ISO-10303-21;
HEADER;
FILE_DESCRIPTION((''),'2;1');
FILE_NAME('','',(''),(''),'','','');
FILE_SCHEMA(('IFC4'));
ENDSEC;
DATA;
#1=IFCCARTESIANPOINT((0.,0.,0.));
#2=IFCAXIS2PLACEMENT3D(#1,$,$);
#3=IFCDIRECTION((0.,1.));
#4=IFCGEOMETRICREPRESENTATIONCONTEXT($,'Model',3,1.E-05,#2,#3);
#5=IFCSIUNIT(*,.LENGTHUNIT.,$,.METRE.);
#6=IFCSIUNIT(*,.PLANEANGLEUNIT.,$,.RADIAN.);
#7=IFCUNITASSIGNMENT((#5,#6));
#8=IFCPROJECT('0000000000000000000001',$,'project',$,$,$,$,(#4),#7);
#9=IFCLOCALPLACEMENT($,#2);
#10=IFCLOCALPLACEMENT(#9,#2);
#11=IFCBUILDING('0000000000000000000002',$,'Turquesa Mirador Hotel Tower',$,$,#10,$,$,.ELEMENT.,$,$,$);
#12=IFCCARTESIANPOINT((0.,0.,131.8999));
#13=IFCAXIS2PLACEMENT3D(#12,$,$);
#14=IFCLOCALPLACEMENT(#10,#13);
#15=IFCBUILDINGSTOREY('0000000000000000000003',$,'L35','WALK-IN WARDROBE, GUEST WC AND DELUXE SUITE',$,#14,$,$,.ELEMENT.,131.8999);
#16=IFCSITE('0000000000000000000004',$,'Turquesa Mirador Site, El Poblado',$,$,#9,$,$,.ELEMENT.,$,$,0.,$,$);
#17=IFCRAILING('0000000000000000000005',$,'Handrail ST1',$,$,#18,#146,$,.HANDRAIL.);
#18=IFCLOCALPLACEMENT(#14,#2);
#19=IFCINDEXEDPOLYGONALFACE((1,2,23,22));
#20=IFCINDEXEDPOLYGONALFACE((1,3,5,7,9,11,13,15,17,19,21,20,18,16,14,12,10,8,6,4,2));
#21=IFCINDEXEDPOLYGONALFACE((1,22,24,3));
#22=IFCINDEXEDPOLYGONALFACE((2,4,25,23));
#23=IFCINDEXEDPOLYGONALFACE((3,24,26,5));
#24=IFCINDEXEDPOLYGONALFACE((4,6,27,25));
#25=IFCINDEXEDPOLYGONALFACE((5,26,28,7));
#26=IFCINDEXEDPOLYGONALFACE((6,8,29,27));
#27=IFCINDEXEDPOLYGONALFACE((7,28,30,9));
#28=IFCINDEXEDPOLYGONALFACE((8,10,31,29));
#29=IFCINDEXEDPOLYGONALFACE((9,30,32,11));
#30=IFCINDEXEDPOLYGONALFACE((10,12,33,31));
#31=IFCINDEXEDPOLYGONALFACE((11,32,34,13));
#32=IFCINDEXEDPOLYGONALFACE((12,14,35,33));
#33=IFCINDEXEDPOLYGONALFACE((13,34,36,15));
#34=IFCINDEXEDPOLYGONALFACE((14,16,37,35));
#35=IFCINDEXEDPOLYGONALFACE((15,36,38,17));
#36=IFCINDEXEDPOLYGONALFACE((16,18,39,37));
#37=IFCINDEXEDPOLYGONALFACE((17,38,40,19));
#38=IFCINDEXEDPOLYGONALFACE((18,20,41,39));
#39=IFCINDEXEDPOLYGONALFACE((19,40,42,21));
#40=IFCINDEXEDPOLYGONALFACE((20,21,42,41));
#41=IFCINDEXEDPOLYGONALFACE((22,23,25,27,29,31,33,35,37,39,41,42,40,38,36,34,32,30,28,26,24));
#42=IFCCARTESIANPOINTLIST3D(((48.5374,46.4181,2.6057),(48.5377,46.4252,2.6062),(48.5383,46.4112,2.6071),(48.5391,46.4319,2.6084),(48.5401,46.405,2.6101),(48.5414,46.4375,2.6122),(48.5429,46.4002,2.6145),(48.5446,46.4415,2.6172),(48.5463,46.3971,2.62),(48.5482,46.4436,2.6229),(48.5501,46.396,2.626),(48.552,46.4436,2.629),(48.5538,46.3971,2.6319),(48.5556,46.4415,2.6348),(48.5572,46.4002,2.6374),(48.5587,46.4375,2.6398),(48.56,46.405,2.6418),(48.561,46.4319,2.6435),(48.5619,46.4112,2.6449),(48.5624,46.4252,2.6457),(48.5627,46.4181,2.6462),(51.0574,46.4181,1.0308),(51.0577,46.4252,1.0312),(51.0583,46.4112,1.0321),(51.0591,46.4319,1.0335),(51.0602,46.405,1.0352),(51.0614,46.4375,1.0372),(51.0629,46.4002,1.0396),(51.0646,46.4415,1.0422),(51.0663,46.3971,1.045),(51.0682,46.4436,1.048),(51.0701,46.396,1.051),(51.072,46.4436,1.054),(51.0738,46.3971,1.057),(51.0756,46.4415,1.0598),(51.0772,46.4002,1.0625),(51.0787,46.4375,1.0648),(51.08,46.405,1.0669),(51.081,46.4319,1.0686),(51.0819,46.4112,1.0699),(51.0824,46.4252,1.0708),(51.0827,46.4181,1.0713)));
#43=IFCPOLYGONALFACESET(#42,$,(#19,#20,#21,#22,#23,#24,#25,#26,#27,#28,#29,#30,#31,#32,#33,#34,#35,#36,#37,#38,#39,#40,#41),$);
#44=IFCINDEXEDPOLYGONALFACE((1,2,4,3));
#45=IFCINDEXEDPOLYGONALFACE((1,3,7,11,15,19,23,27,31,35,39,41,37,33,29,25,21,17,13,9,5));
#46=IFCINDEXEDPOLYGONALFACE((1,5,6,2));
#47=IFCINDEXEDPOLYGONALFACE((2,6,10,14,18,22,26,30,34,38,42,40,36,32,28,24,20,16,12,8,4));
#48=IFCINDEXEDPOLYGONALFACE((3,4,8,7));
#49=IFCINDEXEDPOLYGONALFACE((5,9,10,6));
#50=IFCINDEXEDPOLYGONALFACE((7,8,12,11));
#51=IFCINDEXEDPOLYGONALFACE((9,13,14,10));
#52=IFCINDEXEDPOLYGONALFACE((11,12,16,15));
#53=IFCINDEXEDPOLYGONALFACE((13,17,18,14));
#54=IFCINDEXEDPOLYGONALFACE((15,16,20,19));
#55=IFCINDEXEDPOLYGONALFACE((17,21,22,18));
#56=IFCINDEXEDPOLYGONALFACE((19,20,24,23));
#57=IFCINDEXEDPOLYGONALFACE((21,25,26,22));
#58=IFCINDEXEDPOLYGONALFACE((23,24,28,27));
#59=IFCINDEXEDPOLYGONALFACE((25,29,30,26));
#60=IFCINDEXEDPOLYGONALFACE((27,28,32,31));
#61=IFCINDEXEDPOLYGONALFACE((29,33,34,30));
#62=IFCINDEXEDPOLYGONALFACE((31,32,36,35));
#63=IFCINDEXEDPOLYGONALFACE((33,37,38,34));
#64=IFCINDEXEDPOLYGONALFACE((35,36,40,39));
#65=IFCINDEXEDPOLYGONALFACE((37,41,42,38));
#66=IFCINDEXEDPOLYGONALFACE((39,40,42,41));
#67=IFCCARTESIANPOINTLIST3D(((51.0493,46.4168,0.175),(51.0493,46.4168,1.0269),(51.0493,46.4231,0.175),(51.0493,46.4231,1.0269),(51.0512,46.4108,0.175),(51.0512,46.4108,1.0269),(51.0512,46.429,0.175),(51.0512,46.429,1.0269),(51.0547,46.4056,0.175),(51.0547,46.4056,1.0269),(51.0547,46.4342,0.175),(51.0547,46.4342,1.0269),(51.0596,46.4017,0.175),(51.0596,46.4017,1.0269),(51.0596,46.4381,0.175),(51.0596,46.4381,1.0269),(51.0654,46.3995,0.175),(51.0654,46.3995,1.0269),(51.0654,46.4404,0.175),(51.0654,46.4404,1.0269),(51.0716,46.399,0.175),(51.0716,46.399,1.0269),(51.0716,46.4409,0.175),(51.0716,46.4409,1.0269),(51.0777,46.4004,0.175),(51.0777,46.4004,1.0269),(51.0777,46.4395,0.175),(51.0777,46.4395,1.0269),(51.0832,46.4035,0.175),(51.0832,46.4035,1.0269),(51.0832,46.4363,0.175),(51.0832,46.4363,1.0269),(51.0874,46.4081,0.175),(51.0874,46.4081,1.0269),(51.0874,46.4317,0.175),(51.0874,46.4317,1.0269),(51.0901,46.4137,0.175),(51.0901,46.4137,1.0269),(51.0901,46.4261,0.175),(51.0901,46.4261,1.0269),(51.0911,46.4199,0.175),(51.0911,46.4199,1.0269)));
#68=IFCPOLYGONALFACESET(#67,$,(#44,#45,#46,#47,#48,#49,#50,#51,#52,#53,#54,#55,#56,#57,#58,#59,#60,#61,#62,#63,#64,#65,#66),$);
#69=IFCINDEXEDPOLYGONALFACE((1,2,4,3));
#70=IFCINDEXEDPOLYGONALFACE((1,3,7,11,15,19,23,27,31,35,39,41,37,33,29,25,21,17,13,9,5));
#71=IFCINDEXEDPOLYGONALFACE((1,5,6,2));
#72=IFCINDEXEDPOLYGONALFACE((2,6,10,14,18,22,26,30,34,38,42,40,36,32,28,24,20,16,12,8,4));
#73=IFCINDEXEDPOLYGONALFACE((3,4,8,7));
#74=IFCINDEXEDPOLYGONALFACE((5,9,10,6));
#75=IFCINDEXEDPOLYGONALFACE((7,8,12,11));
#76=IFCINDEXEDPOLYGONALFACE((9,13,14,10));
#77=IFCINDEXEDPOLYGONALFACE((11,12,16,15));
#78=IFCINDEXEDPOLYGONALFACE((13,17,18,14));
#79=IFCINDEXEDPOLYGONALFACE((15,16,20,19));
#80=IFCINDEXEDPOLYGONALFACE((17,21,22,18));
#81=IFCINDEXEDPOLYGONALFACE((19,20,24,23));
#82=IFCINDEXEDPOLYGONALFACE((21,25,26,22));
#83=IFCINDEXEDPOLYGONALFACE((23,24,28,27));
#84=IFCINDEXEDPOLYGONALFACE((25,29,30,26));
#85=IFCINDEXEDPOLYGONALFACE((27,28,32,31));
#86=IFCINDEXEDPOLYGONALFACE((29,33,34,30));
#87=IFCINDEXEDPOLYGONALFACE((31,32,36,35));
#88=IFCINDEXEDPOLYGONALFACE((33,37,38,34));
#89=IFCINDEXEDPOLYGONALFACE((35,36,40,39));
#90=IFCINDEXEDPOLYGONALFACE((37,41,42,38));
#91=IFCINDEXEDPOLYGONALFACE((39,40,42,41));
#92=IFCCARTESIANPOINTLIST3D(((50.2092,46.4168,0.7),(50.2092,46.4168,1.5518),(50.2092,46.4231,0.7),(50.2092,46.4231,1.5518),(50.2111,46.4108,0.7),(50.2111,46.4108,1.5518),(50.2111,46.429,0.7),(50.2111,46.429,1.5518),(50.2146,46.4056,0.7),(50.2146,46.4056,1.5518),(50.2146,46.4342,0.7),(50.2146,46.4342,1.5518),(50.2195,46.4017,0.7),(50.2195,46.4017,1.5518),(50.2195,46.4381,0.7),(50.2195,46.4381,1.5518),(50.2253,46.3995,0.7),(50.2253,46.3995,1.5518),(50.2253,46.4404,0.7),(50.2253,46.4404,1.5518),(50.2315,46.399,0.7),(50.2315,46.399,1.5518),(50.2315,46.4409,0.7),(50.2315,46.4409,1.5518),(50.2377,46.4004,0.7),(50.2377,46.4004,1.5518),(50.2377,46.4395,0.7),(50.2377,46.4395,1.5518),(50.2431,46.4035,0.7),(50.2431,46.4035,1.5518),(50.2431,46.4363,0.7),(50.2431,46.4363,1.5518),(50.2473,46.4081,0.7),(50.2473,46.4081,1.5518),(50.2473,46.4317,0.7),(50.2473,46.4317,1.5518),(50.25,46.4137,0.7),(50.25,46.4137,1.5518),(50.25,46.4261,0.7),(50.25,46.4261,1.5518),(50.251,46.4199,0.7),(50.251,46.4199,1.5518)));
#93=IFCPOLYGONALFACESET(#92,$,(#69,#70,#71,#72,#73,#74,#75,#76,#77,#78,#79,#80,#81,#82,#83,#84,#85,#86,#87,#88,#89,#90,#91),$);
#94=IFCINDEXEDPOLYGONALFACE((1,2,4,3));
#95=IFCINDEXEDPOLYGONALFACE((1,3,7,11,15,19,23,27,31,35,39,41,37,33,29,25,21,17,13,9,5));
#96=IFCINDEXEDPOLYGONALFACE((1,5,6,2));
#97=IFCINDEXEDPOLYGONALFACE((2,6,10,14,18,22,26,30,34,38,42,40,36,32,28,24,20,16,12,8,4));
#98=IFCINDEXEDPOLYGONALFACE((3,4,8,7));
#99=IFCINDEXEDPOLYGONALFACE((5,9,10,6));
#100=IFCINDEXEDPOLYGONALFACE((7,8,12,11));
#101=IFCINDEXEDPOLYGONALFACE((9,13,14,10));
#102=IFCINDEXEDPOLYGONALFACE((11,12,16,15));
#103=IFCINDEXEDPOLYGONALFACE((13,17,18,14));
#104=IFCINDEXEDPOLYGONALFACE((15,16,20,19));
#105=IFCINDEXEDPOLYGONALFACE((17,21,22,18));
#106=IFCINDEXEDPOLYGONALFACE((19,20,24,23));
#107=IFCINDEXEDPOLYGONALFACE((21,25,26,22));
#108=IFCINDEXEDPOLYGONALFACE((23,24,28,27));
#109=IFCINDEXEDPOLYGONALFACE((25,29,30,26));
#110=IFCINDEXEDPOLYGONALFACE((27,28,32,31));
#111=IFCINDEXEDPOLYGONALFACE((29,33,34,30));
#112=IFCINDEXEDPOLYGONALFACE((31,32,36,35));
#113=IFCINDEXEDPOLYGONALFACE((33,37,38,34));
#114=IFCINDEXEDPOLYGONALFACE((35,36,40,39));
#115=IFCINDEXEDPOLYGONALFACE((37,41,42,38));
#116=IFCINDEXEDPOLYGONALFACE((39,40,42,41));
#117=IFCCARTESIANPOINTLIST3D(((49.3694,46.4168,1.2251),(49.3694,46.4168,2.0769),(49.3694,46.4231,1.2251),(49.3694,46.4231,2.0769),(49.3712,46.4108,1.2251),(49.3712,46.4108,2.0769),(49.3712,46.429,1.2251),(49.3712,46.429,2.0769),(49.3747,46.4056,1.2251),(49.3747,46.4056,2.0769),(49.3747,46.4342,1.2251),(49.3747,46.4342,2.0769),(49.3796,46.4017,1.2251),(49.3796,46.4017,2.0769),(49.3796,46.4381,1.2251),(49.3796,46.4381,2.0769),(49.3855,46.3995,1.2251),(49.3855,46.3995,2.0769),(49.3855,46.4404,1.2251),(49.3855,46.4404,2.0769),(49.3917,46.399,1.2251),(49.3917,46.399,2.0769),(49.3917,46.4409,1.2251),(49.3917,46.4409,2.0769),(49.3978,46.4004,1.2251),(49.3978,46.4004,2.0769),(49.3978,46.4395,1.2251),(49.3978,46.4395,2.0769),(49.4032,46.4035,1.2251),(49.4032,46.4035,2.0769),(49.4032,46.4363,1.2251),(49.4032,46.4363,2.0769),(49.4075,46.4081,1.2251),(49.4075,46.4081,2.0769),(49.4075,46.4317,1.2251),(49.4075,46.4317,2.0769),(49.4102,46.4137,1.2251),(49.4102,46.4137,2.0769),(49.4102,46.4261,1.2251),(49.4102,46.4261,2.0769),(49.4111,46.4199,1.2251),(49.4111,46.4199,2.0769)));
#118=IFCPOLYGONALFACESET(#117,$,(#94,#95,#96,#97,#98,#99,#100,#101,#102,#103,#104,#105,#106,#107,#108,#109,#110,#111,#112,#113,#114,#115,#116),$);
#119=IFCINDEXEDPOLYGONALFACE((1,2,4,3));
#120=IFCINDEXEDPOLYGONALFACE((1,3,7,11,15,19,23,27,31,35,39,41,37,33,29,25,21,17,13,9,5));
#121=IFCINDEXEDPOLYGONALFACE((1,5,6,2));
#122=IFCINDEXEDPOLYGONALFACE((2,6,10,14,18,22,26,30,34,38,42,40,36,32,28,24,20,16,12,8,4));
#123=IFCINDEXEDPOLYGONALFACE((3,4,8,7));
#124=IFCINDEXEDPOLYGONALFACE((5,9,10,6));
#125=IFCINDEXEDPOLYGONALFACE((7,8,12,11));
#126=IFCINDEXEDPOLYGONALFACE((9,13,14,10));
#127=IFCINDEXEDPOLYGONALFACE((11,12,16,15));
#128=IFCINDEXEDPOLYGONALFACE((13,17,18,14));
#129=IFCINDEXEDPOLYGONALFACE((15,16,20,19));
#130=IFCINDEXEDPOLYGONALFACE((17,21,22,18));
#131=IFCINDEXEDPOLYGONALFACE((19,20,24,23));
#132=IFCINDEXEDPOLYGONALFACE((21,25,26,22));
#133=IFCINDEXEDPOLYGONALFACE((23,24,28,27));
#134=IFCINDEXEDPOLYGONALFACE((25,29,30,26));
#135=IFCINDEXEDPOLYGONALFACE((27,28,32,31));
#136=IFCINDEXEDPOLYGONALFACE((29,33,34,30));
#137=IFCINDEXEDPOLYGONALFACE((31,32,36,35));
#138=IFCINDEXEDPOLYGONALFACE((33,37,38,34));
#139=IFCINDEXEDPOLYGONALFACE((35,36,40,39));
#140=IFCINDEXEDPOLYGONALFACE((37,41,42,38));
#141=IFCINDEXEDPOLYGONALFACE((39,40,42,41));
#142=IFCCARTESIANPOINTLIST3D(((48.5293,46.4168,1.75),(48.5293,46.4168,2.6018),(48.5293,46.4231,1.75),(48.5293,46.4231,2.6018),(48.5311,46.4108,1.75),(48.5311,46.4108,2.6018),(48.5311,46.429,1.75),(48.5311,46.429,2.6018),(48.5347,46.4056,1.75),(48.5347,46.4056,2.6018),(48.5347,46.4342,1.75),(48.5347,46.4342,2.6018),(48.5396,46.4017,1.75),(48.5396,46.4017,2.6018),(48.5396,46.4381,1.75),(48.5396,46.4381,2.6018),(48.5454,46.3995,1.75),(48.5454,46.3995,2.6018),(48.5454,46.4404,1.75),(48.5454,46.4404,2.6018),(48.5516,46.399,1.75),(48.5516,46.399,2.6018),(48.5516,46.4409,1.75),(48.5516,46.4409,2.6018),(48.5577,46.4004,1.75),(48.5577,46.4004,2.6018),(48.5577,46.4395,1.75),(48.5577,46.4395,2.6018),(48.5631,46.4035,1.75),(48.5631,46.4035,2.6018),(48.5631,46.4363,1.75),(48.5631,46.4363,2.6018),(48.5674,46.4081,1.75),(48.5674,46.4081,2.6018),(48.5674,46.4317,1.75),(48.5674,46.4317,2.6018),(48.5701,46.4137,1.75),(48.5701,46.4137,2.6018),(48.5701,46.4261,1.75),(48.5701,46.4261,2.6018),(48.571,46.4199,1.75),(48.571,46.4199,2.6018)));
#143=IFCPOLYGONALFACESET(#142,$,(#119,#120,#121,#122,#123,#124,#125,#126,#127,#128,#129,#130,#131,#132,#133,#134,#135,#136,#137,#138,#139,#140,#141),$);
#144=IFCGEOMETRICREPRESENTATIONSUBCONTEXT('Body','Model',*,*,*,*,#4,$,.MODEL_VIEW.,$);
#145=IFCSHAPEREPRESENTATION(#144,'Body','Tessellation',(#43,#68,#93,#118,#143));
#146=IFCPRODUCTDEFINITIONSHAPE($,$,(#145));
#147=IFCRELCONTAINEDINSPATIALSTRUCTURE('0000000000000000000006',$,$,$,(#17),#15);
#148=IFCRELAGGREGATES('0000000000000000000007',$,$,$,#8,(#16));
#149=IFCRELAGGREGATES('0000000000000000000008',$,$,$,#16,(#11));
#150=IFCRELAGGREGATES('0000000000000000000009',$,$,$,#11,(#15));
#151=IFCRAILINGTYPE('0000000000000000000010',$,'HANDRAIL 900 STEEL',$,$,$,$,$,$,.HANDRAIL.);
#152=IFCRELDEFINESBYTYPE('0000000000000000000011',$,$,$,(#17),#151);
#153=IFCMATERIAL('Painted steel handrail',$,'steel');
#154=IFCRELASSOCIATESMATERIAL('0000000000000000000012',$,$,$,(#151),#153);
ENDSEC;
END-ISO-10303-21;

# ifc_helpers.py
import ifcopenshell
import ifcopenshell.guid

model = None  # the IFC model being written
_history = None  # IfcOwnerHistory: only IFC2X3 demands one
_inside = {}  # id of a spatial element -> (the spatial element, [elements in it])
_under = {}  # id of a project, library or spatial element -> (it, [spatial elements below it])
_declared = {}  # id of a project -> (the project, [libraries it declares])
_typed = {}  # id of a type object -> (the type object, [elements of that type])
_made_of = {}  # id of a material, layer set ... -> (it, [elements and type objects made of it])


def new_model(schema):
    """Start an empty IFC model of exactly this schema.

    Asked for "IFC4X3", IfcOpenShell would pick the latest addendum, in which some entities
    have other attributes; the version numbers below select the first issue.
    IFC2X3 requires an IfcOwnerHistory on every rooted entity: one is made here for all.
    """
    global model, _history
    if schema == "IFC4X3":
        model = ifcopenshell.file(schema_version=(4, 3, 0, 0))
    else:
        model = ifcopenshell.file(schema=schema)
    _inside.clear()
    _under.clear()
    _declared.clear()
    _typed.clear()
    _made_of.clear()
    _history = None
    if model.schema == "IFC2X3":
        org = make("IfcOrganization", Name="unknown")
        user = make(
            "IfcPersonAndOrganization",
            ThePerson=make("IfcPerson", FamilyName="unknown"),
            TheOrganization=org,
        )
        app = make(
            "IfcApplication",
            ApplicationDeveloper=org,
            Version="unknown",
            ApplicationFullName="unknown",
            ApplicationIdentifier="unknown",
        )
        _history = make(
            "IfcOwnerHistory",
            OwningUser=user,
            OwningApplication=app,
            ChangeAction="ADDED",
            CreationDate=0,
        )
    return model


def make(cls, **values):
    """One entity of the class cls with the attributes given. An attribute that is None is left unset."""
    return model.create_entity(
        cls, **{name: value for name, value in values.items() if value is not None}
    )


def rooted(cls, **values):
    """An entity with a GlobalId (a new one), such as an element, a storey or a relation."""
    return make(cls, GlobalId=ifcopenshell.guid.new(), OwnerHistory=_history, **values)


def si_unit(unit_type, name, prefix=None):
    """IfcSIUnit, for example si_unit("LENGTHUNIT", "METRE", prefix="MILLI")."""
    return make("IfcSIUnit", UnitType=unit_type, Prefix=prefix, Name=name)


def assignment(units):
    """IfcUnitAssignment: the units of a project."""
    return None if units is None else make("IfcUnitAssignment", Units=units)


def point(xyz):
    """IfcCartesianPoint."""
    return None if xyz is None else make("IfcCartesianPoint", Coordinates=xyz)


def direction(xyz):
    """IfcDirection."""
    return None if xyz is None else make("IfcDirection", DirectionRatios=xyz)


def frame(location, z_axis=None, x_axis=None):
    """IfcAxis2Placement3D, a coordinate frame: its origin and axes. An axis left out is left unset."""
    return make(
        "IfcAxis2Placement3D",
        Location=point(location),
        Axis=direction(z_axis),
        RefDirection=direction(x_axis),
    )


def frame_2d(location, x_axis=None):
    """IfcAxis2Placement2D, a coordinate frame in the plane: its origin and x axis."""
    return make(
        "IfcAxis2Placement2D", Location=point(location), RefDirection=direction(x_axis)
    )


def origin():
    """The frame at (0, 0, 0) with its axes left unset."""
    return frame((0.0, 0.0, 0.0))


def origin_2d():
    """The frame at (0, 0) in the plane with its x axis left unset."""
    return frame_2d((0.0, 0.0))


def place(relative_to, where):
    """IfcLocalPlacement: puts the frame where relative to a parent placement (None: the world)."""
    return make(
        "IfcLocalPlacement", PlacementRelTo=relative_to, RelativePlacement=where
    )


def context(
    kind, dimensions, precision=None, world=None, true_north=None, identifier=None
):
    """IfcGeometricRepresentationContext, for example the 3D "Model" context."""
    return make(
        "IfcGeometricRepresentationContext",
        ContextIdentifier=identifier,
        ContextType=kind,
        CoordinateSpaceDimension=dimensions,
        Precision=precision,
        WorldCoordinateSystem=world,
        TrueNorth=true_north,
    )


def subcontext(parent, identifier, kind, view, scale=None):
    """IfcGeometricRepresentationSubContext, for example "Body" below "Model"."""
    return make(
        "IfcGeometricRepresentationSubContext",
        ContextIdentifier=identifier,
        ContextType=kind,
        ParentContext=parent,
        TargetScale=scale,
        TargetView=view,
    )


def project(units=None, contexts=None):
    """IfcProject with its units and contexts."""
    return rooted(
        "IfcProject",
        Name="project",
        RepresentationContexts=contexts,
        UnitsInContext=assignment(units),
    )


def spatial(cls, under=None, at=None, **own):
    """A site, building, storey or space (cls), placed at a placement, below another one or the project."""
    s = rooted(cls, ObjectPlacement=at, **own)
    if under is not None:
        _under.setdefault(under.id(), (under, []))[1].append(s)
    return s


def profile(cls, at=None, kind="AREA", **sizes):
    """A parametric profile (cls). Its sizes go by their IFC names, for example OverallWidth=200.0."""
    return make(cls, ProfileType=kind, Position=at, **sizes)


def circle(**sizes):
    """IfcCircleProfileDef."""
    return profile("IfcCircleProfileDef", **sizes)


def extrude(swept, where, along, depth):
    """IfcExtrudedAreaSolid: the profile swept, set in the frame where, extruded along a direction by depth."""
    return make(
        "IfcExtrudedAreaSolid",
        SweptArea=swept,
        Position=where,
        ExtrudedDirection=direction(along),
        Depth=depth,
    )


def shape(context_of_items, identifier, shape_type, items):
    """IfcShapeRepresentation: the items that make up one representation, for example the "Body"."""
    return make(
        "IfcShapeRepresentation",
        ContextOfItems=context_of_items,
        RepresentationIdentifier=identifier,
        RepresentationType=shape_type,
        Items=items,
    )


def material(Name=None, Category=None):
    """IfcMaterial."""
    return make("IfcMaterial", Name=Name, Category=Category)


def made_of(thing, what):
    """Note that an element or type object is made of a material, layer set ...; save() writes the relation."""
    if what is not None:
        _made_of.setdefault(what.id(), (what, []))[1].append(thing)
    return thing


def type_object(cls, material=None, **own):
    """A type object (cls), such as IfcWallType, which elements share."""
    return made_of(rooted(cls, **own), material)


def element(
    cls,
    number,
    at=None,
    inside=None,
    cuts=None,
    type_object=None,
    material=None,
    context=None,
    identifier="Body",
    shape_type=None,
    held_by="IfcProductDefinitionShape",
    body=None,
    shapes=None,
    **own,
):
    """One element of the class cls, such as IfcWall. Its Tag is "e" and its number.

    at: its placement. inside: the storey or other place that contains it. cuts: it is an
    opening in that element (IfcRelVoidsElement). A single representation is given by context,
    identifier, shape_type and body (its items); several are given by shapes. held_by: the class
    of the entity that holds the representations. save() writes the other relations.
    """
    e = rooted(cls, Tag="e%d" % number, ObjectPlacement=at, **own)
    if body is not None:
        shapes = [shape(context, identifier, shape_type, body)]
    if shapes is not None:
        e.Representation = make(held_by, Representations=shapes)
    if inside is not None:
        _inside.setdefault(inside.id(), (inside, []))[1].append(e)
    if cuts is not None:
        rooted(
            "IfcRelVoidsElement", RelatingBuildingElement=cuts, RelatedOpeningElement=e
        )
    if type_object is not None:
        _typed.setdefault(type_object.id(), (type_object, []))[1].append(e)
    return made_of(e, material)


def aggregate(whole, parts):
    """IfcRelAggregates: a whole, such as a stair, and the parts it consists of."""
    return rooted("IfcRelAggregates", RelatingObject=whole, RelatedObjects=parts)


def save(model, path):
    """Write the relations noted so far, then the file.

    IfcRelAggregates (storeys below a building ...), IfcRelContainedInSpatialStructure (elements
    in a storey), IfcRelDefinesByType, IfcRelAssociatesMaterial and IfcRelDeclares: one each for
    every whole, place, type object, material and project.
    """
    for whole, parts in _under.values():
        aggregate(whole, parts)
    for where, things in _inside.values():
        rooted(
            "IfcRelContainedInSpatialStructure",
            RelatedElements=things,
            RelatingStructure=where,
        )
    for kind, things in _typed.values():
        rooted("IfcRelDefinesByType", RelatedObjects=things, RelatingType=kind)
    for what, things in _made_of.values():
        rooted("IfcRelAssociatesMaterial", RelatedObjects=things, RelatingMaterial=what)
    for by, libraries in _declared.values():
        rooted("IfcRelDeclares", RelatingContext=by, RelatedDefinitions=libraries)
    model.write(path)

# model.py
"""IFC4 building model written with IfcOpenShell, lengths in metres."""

from ifc_helpers import new_model, si_unit, direction, frame, origin, origin_2d, place, context, subcontext, project, spatial, circle, extrude, material, type_object, element, save


model = new_model("IFC4")

# Units and contexts
model_context = context("Model", 3, precision=1e-05, world=origin(), true_north=direction((0.0, 1.0)))
body_context = subcontext(model_context, "Body", "Model", "MODEL_VIEW")
ifc_project = project(units=[si_unit("LENGTHUNIT", "METRE"), si_unit("PLANEANGLEUNIT", "RADIAN")], contexts=[model_context])

# Site, building, storey
site_placement = place(None, origin())
site = spatial("IfcSite", under=ifc_project, at=site_placement, Name="Turquesa Mirador Site, El Poblado", CompositionType="ELEMENT", RefElevation=0.0)
building_placement = place(site_placement, origin())
building = spatial("IfcBuilding", under=site, at=building_placement, Name="Turquesa Mirador Hotel Tower", CompositionType="ELEMENT")
storey_placement = place(building_placement, frame((0.0, 0.0, 131.8999)))
storey = spatial("IfcBuildingStorey", under=building, at=storey_placement, Name="L35", Description="WALK-IN WARDROBE, GUEST WC AND DELUXE SUITE", CompositionType="ELEMENT", Elevation=131.8999)

# Railing
ifc_material_1 = material(Name="Painted steel handrail", Category="steel")
railing_type = type_object("IfcRailingType", Name="HANDRAIL 900 STEEL", PredefinedType="HANDRAIL", material=ifc_material_1)
railing_1_placement = place(storey_placement, frame((51.0701, 46.4199, 0.175)))
element("IfcRailing", 1, at=railing_1_placement, inside=storey, type_object=railing_type, Name="Handrail ST1", PredefinedType="HANDRAIL", context=body_context, shape_type="SweptSolid", body=[
    extrude(circle(Radius=0.0239, at=origin_2d()), frame((0.0, 0.0, 0.876), z_axis=(-0.848008, 0.0, 0.529984), x_axis=(0.0, -1.0, 0.0)), (0.0, 0.0, 1.0), 2.9717),
    extrude(circle(Radius=0.021, at=origin_2d()), origin(), (0.0, 0.0, 1.0), 0.8518),
    extrude(circle(Radius=0.021, at=origin_2d()), frame((-0.8401, 0.0, 0.5249)), (0.0, 0.0, 1.0), 0.8518),
    extrude(circle(Radius=0.021, at=origin_2d()), frame((-1.6799, 0.0, 1.05)), (0.0, 0.0, 1.0), 0.8518),
    extrude(circle(Radius=0.021, at=origin_2d()), frame((-2.52, 0.0, 1.575)), (0.0, 0.0, 1.0), 0.8518),
])

save(model, "model.ifc")
